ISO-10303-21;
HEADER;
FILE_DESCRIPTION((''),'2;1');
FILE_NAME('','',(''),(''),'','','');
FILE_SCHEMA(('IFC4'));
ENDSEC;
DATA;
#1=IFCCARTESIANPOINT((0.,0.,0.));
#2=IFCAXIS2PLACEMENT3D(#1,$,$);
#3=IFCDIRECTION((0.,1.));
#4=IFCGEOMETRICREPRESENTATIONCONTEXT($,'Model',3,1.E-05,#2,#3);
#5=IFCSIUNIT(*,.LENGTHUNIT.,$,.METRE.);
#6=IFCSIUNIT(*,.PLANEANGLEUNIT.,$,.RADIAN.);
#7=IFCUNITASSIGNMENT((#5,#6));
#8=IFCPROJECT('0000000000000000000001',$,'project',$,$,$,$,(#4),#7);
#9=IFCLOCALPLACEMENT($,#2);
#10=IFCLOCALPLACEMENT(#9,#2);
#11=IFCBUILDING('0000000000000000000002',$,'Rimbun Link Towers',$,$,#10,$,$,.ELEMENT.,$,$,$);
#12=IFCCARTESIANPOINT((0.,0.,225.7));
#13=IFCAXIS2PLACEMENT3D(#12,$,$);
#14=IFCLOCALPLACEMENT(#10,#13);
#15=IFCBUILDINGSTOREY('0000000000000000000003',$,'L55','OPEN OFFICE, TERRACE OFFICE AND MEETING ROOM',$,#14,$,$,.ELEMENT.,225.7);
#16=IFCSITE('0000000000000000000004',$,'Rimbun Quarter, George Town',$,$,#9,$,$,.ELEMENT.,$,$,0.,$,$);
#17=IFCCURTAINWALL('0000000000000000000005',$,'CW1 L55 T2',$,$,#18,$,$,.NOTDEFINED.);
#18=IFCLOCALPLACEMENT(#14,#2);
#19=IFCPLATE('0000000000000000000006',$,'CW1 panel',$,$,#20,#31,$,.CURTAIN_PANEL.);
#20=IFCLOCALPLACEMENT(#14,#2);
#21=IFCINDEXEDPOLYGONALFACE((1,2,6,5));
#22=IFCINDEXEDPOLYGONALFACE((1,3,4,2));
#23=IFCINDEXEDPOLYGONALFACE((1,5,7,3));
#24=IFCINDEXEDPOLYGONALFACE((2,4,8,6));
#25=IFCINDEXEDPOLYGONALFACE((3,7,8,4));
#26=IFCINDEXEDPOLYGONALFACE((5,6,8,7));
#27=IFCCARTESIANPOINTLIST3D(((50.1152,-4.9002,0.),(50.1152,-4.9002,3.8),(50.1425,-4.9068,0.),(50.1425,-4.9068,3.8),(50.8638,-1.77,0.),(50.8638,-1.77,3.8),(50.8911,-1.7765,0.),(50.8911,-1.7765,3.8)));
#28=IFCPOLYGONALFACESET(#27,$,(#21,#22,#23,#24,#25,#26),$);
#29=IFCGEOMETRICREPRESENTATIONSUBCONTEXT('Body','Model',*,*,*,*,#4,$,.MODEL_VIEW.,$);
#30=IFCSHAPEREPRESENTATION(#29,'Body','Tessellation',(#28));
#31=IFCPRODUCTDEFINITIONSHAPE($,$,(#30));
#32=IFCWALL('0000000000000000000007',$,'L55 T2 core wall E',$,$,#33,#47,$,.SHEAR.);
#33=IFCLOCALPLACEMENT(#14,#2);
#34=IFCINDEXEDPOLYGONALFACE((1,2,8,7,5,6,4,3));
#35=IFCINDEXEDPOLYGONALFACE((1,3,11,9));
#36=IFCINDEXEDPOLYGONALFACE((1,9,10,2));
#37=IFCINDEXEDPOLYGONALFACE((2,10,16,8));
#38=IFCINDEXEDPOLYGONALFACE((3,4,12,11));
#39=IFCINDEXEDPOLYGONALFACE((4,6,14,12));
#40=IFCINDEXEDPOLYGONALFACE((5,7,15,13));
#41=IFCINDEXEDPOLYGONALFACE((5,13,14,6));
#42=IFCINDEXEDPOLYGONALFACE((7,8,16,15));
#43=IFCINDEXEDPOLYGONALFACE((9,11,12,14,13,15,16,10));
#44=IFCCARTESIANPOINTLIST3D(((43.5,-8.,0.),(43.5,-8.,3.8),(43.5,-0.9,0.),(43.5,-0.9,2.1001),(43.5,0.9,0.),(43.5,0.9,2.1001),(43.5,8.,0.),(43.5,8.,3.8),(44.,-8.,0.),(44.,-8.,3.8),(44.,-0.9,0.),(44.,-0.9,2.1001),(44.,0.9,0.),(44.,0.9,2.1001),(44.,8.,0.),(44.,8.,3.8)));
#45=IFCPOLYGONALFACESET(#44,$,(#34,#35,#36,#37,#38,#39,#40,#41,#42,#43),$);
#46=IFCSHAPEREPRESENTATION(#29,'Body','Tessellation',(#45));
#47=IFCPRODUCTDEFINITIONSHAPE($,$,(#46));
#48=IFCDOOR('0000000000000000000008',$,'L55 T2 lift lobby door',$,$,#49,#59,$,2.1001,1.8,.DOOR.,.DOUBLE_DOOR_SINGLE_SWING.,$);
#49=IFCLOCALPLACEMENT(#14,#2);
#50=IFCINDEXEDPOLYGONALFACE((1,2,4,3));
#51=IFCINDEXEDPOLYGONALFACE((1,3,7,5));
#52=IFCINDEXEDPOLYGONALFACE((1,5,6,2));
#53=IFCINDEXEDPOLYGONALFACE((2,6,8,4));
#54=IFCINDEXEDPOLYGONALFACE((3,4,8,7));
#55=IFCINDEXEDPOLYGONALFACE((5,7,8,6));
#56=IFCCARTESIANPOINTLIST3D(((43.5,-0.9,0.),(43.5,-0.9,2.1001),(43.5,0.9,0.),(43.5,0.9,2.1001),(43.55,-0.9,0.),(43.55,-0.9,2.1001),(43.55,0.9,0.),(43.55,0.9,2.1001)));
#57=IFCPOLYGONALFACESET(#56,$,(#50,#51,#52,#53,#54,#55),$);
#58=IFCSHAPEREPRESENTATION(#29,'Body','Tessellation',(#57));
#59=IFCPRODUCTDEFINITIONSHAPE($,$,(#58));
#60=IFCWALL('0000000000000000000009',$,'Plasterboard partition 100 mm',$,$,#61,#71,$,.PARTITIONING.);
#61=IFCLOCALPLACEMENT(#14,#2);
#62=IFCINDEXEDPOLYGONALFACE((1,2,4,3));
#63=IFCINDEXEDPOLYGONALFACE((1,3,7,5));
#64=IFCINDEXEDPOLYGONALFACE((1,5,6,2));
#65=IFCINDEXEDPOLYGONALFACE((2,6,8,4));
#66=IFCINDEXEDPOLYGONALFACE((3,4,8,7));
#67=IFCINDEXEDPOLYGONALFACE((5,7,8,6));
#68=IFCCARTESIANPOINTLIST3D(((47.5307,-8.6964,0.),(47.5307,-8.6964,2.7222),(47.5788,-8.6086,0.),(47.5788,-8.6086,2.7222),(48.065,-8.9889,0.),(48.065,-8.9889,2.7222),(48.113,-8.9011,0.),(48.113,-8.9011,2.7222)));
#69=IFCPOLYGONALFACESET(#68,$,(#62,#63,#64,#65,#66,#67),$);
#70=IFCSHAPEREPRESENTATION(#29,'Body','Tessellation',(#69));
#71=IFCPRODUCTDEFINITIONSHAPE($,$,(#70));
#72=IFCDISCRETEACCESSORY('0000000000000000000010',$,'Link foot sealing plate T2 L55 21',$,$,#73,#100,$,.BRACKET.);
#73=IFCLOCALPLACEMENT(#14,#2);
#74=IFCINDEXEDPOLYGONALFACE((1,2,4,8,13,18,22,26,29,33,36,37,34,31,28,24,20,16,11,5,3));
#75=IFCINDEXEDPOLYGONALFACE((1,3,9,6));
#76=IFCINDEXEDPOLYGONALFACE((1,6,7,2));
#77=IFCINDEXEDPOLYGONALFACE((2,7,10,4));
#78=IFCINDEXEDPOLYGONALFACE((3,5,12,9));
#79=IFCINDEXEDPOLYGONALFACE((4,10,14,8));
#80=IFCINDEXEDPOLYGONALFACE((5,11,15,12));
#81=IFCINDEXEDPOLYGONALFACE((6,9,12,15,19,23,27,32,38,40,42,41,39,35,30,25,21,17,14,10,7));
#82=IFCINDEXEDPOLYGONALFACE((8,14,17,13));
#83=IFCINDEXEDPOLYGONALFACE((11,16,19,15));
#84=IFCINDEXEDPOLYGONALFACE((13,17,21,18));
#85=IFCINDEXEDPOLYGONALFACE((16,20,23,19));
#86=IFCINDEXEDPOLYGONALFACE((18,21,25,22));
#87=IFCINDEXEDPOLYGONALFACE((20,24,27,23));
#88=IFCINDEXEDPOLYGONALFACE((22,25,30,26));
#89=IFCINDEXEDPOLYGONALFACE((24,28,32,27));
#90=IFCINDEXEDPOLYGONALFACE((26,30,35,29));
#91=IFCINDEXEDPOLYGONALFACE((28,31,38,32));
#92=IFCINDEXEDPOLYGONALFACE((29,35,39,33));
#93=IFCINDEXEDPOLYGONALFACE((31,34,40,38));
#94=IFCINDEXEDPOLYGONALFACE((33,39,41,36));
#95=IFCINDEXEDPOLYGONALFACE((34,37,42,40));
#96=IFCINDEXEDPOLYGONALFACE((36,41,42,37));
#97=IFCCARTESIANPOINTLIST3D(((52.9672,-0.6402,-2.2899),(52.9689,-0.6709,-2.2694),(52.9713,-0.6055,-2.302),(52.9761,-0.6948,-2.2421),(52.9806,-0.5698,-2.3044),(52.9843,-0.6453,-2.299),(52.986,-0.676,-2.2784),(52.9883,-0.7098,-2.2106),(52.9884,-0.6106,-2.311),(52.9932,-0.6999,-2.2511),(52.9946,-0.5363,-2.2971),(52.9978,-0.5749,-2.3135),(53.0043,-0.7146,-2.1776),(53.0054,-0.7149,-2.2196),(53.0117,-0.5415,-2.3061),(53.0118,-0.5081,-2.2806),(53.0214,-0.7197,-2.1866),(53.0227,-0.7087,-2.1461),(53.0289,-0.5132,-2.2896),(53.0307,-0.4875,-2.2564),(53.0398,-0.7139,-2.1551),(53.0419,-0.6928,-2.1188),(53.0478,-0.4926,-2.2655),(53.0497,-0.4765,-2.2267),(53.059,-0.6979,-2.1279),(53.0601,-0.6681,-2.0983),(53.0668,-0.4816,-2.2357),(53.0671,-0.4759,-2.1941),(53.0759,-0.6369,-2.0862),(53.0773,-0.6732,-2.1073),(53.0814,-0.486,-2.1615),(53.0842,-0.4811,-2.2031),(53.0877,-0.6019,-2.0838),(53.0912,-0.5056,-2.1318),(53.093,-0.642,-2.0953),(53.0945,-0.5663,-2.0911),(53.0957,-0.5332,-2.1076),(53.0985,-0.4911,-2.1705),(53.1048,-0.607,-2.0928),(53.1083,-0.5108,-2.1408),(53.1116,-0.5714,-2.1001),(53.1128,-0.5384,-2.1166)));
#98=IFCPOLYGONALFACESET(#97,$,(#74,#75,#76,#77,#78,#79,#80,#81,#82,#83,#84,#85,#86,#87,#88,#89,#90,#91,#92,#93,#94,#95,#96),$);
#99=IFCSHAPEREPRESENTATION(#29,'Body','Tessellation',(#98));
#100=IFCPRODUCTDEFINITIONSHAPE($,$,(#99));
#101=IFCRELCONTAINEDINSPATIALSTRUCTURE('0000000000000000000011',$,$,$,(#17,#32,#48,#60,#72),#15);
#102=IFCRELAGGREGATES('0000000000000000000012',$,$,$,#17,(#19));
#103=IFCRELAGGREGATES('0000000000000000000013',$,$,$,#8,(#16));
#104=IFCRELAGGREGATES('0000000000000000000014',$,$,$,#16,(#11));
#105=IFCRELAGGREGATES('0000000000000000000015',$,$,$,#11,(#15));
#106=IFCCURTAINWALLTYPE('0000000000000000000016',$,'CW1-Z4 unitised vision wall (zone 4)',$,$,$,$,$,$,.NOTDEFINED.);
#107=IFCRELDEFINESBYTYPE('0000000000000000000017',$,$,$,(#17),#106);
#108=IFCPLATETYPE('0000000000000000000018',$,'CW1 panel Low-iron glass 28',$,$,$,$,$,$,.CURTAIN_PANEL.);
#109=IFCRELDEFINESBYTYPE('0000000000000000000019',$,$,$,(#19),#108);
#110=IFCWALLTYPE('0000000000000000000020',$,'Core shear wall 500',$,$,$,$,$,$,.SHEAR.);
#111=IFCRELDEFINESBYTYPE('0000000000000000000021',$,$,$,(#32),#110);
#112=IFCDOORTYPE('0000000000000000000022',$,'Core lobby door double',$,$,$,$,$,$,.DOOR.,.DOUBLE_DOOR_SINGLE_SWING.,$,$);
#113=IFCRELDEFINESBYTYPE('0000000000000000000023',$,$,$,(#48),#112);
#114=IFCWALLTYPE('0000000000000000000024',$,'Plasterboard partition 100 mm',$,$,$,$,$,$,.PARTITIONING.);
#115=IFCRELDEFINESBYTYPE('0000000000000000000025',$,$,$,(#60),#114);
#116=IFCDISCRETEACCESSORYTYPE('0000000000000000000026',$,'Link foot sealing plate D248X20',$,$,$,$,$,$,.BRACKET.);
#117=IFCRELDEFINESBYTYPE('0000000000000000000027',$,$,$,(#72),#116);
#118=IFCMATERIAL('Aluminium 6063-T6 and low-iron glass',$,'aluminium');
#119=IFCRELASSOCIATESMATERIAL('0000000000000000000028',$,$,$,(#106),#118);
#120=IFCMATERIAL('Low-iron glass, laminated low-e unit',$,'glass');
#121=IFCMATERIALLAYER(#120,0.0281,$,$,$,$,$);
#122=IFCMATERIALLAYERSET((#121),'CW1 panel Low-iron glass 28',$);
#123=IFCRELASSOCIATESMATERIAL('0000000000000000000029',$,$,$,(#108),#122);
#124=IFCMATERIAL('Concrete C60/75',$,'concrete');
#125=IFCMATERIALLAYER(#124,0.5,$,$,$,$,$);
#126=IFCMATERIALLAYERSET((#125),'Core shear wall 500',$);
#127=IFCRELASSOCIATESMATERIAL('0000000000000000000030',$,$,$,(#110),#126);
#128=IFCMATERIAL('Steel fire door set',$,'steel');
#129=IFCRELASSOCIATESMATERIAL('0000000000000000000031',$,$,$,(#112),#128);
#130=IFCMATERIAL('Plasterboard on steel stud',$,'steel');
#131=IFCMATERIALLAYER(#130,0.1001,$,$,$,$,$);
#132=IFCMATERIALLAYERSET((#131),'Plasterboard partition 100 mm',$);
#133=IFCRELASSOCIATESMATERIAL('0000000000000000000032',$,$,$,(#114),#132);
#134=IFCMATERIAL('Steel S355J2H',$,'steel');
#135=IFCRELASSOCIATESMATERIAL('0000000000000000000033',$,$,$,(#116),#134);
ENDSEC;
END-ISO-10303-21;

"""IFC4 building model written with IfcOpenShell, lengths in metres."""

from ifc_helpers import new_model, si_unit, direction, frame, frame_2d, origin, origin_2d, place, context, subcontext, project, spatial, rectangle, circle, extrude, material, layer, layer_set, material_profile, profile_set, type_object, element, fill, aggregate, save


model = new_model("IFC4")

# Units and contexts
model_context = context("Model", 3, precision=1e-05, world=origin(), true_north=direction((0.0, 1.0)))
body_context = subcontext(model_context, "Body", "Model", "MODEL_VIEW")
ifc_project = project(units=[si_unit("LENGTHUNIT", "METRE"), si_unit("PLANEANGLEUNIT", "RADIAN")], contexts=[model_context])

# Site, building, storey
site_placement = place(None, origin())
site = spatial("IfcSite", under=ifc_project, at=site_placement, Name="Rimbun Quarter, George Town", CompositionType="ELEMENT", RefElevation=0.0)
building_placement = place(site_placement, origin())
building = spatial("IfcBuilding", under=site, at=building_placement, Name="Rimbun Link Towers", CompositionType="ELEMENT")
storey_placement = place(building_placement, frame((0.0, 0.0, 225.7)))
storey = spatial("IfcBuildingStorey", under=building, at=storey_placement, Name="L55", Description="OPEN OFFICE, TERRACE OFFICE AND MEETING ROOM", CompositionType="ELEMENT", Elevation=225.7)

# Curtain wall
ifc_material_1 = material(Name="Aluminium 6063-T6 and low-iron glass", Category="aluminium")
curtain_wall_type = type_object("IfcCurtainWallType", Name="CW1-Z4 unitised vision wall (zone 4)", PredefinedType="NOTDEFINED", material=ifc_material_1)
curtain_wall_placement = place(storey_placement, origin())
curtain_wall = element("IfcCurtainWall", 1, at=curtain_wall_placement, inside=storey, type_object=curtain_wall_type, Name="CW1 L55 T2", PredefinedType="NOTDEFINED")

# Plate
ifc_material_2 = material(Name="Low-iron glass, laminated low-e unit", Category="glass")
ifc_layer_1 = layer(ifc_material_2, 0.0281)
ifc_layer_set_1 = layer_set([ifc_layer_1], Name="CW1 panel Low-iron glass 28")
plate_type = type_object("IfcPlateType", Name="CW1 panel Low-iron glass 28", PredefinedType="CURTAIN_PANEL", material=ifc_layer_set_1)
plate_1_placement = place(storey_placement, frame((50.5032, -3.3384, 0.0), z_axis=(0.0, 0.0, 1.0), x_axis=(-0.232601, -0.972572, 0.0)))
plate_1 = element("IfcPlate", 2, at=plate_1_placement, type_object=plate_type, Name="CW1 panel", PredefinedType="CURTAIN_PANEL", context=body_context, shape_type="SweptSolid", body=[
    extrude(rectangle(XDim=3.2185, YDim=0.0281, at=origin_2d()), origin(), (0.0, 0.0, 1.0), 3.8),
])
aggregate(curtain_wall, [plate_1])

# Wall, opening, door
ifc_material_3 = material(Name="Concrete C60/75", Category="concrete")
ifc_layer_2 = layer(ifc_material_3, 0.5)
ifc_layer_set_2 = layer_set([ifc_layer_2], Name="Core shear wall 500")
wall_type_1 = type_object("IfcWallType", Name="Core shear wall 500", PredefinedType="SHEAR", material=ifc_layer_set_2)
wall_1_placement = place(storey_placement, frame((43.75, -8.0, 0.0), z_axis=(0.0, 0.0, 1.0), x_axis=(0.0, 1.0, 0.0)))
wall_1 = element("IfcWall", 3, at=wall_1_placement, inside=storey, type_object=wall_type_1, Name="L55 T2 core wall E", PredefinedType="SHEAR", context=body_context, shape_type="SweptSolid", body=[
    extrude(rectangle(XDim=16.0, YDim=0.5, at=frame_2d((8.0, 0.0))), origin(), (0.0, 0.0, 1.0), 3.8),
])
opening_placement = place(wall_1_placement, frame((7.1001, 0.0, 0.0)))
opening = element("IfcOpeningElement", 4, at=opening_placement, cuts=wall_1, PredefinedType="OPENING", context=body_context, shape_type="SweptSolid", body=[
    extrude(rectangle(XDim=1.8, YDim=2.1001, at=frame_2d((0.8999, 1.05))), frame((0.0, 0.26, 0.0), z_axis=(0.0, -1.0, 0.0), x_axis=(1.0, 0.0, 0.0)), (0.0, 0.0, 1.0), 0.52),
])
ifc_material_4 = material(Name="Steel fire door set", Category="steel")
door_type = type_object("IfcDoorType", Name="Core lobby door double", OperationType="DOUBLE_DOOR_SINGLE_SWING", PredefinedType="DOOR", material=ifc_material_4)
door_placement = place(opening_placement, origin())
door = element("IfcDoor", 5, at=door_placement, inside=storey, type_object=door_type, Name="L55 T2 lift lobby door", OperationType="DOUBLE_DOOR_SINGLE_SWING", OverallHeight=2.1001, OverallWidth=1.8, PredefinedType="DOOR", context=body_context, shape_type="SweptSolid", body=[
    extrude(rectangle(XDim=1.8, YDim=2.1001, at=frame_2d((0.8999, 1.05))), frame((0.0, 0.25, 0.0), z_axis=(0.0, -1.0, 0.0), x_axis=(1.0, 0.0, 0.0)), (0.0, 0.0, 1.0), 0.05),
])
fill(opening, door)

# Wall
ifc_material_5 = material(Name="Plasterboard on steel stud", Category="steel")
ifc_layer_3 = layer(ifc_material_5, 0.1001)
ifc_layer_set_3 = layer_set([ifc_layer_3], Name="Plasterboard partition 100 mm")
wall_type_2 = type_object("IfcWallType", Name="Plasterboard partition 100 mm", PredefinedType="PARTITIONING", material=ifc_layer_set_3)
wall_2_placement = place(storey_placement, frame((48.0891, -8.9451, 0.0), z_axis=(0.0, 0.0, 1.0), x_axis=(-0.877128, 0.480256, 0.0)))
element("IfcWall", 6, at=wall_2_placement, inside=storey, type_object=wall_type_2, Name="Plasterboard partition 100 mm", PredefinedType="PARTITIONING", context=body_context, shape_type="SweptSolid", body=[
    extrude(rectangle(XDim=0.6091, YDim=0.1001, at=frame_2d((0.3047, 0.0))), origin(), (0.0, 0.0, 1.0), 2.7222),
])

# Discrete accessory
ifc_material_6 = material(Name="Steel S355J2H", Category="steel")
ifc_material_profile_1 = material_profile(ifc_material_6, circle(Radius=0.124, at=origin_2d()), Name="PL D248")
ifc_profile_set_1 = profile_set([ifc_material_profile_1], Name="Steel S355J2H")
discrete_accessory_type = type_object("IfcDiscreteAccessoryType", Name="Link foot sealing plate D248X20", PredefinedType="BRACKET", material=ifc_profile_set_1)
discrete_accessory_placement = place(storey_placement, frame((53.0315, -0.5947, -2.1941), z_axis=(0.854549, -0.256365, -0.45169), x_axis=(0.287348, 0.957826, 0.0)))
element("IfcDiscreteAccessory", 7, at=discrete_accessory_placement, inside=storey, type_object=discrete_accessory_type, Name="Link foot sealing plate T2 L55 21", PredefinedType="BRACKET", context=body_context, shape_type="SweptSolid", body=[
    extrude(circle(Radius=0.124, at=origin_2d()), origin(), (0.0, 0.0, 1.0), 0.02),
])

save(model, "model.ifc")
